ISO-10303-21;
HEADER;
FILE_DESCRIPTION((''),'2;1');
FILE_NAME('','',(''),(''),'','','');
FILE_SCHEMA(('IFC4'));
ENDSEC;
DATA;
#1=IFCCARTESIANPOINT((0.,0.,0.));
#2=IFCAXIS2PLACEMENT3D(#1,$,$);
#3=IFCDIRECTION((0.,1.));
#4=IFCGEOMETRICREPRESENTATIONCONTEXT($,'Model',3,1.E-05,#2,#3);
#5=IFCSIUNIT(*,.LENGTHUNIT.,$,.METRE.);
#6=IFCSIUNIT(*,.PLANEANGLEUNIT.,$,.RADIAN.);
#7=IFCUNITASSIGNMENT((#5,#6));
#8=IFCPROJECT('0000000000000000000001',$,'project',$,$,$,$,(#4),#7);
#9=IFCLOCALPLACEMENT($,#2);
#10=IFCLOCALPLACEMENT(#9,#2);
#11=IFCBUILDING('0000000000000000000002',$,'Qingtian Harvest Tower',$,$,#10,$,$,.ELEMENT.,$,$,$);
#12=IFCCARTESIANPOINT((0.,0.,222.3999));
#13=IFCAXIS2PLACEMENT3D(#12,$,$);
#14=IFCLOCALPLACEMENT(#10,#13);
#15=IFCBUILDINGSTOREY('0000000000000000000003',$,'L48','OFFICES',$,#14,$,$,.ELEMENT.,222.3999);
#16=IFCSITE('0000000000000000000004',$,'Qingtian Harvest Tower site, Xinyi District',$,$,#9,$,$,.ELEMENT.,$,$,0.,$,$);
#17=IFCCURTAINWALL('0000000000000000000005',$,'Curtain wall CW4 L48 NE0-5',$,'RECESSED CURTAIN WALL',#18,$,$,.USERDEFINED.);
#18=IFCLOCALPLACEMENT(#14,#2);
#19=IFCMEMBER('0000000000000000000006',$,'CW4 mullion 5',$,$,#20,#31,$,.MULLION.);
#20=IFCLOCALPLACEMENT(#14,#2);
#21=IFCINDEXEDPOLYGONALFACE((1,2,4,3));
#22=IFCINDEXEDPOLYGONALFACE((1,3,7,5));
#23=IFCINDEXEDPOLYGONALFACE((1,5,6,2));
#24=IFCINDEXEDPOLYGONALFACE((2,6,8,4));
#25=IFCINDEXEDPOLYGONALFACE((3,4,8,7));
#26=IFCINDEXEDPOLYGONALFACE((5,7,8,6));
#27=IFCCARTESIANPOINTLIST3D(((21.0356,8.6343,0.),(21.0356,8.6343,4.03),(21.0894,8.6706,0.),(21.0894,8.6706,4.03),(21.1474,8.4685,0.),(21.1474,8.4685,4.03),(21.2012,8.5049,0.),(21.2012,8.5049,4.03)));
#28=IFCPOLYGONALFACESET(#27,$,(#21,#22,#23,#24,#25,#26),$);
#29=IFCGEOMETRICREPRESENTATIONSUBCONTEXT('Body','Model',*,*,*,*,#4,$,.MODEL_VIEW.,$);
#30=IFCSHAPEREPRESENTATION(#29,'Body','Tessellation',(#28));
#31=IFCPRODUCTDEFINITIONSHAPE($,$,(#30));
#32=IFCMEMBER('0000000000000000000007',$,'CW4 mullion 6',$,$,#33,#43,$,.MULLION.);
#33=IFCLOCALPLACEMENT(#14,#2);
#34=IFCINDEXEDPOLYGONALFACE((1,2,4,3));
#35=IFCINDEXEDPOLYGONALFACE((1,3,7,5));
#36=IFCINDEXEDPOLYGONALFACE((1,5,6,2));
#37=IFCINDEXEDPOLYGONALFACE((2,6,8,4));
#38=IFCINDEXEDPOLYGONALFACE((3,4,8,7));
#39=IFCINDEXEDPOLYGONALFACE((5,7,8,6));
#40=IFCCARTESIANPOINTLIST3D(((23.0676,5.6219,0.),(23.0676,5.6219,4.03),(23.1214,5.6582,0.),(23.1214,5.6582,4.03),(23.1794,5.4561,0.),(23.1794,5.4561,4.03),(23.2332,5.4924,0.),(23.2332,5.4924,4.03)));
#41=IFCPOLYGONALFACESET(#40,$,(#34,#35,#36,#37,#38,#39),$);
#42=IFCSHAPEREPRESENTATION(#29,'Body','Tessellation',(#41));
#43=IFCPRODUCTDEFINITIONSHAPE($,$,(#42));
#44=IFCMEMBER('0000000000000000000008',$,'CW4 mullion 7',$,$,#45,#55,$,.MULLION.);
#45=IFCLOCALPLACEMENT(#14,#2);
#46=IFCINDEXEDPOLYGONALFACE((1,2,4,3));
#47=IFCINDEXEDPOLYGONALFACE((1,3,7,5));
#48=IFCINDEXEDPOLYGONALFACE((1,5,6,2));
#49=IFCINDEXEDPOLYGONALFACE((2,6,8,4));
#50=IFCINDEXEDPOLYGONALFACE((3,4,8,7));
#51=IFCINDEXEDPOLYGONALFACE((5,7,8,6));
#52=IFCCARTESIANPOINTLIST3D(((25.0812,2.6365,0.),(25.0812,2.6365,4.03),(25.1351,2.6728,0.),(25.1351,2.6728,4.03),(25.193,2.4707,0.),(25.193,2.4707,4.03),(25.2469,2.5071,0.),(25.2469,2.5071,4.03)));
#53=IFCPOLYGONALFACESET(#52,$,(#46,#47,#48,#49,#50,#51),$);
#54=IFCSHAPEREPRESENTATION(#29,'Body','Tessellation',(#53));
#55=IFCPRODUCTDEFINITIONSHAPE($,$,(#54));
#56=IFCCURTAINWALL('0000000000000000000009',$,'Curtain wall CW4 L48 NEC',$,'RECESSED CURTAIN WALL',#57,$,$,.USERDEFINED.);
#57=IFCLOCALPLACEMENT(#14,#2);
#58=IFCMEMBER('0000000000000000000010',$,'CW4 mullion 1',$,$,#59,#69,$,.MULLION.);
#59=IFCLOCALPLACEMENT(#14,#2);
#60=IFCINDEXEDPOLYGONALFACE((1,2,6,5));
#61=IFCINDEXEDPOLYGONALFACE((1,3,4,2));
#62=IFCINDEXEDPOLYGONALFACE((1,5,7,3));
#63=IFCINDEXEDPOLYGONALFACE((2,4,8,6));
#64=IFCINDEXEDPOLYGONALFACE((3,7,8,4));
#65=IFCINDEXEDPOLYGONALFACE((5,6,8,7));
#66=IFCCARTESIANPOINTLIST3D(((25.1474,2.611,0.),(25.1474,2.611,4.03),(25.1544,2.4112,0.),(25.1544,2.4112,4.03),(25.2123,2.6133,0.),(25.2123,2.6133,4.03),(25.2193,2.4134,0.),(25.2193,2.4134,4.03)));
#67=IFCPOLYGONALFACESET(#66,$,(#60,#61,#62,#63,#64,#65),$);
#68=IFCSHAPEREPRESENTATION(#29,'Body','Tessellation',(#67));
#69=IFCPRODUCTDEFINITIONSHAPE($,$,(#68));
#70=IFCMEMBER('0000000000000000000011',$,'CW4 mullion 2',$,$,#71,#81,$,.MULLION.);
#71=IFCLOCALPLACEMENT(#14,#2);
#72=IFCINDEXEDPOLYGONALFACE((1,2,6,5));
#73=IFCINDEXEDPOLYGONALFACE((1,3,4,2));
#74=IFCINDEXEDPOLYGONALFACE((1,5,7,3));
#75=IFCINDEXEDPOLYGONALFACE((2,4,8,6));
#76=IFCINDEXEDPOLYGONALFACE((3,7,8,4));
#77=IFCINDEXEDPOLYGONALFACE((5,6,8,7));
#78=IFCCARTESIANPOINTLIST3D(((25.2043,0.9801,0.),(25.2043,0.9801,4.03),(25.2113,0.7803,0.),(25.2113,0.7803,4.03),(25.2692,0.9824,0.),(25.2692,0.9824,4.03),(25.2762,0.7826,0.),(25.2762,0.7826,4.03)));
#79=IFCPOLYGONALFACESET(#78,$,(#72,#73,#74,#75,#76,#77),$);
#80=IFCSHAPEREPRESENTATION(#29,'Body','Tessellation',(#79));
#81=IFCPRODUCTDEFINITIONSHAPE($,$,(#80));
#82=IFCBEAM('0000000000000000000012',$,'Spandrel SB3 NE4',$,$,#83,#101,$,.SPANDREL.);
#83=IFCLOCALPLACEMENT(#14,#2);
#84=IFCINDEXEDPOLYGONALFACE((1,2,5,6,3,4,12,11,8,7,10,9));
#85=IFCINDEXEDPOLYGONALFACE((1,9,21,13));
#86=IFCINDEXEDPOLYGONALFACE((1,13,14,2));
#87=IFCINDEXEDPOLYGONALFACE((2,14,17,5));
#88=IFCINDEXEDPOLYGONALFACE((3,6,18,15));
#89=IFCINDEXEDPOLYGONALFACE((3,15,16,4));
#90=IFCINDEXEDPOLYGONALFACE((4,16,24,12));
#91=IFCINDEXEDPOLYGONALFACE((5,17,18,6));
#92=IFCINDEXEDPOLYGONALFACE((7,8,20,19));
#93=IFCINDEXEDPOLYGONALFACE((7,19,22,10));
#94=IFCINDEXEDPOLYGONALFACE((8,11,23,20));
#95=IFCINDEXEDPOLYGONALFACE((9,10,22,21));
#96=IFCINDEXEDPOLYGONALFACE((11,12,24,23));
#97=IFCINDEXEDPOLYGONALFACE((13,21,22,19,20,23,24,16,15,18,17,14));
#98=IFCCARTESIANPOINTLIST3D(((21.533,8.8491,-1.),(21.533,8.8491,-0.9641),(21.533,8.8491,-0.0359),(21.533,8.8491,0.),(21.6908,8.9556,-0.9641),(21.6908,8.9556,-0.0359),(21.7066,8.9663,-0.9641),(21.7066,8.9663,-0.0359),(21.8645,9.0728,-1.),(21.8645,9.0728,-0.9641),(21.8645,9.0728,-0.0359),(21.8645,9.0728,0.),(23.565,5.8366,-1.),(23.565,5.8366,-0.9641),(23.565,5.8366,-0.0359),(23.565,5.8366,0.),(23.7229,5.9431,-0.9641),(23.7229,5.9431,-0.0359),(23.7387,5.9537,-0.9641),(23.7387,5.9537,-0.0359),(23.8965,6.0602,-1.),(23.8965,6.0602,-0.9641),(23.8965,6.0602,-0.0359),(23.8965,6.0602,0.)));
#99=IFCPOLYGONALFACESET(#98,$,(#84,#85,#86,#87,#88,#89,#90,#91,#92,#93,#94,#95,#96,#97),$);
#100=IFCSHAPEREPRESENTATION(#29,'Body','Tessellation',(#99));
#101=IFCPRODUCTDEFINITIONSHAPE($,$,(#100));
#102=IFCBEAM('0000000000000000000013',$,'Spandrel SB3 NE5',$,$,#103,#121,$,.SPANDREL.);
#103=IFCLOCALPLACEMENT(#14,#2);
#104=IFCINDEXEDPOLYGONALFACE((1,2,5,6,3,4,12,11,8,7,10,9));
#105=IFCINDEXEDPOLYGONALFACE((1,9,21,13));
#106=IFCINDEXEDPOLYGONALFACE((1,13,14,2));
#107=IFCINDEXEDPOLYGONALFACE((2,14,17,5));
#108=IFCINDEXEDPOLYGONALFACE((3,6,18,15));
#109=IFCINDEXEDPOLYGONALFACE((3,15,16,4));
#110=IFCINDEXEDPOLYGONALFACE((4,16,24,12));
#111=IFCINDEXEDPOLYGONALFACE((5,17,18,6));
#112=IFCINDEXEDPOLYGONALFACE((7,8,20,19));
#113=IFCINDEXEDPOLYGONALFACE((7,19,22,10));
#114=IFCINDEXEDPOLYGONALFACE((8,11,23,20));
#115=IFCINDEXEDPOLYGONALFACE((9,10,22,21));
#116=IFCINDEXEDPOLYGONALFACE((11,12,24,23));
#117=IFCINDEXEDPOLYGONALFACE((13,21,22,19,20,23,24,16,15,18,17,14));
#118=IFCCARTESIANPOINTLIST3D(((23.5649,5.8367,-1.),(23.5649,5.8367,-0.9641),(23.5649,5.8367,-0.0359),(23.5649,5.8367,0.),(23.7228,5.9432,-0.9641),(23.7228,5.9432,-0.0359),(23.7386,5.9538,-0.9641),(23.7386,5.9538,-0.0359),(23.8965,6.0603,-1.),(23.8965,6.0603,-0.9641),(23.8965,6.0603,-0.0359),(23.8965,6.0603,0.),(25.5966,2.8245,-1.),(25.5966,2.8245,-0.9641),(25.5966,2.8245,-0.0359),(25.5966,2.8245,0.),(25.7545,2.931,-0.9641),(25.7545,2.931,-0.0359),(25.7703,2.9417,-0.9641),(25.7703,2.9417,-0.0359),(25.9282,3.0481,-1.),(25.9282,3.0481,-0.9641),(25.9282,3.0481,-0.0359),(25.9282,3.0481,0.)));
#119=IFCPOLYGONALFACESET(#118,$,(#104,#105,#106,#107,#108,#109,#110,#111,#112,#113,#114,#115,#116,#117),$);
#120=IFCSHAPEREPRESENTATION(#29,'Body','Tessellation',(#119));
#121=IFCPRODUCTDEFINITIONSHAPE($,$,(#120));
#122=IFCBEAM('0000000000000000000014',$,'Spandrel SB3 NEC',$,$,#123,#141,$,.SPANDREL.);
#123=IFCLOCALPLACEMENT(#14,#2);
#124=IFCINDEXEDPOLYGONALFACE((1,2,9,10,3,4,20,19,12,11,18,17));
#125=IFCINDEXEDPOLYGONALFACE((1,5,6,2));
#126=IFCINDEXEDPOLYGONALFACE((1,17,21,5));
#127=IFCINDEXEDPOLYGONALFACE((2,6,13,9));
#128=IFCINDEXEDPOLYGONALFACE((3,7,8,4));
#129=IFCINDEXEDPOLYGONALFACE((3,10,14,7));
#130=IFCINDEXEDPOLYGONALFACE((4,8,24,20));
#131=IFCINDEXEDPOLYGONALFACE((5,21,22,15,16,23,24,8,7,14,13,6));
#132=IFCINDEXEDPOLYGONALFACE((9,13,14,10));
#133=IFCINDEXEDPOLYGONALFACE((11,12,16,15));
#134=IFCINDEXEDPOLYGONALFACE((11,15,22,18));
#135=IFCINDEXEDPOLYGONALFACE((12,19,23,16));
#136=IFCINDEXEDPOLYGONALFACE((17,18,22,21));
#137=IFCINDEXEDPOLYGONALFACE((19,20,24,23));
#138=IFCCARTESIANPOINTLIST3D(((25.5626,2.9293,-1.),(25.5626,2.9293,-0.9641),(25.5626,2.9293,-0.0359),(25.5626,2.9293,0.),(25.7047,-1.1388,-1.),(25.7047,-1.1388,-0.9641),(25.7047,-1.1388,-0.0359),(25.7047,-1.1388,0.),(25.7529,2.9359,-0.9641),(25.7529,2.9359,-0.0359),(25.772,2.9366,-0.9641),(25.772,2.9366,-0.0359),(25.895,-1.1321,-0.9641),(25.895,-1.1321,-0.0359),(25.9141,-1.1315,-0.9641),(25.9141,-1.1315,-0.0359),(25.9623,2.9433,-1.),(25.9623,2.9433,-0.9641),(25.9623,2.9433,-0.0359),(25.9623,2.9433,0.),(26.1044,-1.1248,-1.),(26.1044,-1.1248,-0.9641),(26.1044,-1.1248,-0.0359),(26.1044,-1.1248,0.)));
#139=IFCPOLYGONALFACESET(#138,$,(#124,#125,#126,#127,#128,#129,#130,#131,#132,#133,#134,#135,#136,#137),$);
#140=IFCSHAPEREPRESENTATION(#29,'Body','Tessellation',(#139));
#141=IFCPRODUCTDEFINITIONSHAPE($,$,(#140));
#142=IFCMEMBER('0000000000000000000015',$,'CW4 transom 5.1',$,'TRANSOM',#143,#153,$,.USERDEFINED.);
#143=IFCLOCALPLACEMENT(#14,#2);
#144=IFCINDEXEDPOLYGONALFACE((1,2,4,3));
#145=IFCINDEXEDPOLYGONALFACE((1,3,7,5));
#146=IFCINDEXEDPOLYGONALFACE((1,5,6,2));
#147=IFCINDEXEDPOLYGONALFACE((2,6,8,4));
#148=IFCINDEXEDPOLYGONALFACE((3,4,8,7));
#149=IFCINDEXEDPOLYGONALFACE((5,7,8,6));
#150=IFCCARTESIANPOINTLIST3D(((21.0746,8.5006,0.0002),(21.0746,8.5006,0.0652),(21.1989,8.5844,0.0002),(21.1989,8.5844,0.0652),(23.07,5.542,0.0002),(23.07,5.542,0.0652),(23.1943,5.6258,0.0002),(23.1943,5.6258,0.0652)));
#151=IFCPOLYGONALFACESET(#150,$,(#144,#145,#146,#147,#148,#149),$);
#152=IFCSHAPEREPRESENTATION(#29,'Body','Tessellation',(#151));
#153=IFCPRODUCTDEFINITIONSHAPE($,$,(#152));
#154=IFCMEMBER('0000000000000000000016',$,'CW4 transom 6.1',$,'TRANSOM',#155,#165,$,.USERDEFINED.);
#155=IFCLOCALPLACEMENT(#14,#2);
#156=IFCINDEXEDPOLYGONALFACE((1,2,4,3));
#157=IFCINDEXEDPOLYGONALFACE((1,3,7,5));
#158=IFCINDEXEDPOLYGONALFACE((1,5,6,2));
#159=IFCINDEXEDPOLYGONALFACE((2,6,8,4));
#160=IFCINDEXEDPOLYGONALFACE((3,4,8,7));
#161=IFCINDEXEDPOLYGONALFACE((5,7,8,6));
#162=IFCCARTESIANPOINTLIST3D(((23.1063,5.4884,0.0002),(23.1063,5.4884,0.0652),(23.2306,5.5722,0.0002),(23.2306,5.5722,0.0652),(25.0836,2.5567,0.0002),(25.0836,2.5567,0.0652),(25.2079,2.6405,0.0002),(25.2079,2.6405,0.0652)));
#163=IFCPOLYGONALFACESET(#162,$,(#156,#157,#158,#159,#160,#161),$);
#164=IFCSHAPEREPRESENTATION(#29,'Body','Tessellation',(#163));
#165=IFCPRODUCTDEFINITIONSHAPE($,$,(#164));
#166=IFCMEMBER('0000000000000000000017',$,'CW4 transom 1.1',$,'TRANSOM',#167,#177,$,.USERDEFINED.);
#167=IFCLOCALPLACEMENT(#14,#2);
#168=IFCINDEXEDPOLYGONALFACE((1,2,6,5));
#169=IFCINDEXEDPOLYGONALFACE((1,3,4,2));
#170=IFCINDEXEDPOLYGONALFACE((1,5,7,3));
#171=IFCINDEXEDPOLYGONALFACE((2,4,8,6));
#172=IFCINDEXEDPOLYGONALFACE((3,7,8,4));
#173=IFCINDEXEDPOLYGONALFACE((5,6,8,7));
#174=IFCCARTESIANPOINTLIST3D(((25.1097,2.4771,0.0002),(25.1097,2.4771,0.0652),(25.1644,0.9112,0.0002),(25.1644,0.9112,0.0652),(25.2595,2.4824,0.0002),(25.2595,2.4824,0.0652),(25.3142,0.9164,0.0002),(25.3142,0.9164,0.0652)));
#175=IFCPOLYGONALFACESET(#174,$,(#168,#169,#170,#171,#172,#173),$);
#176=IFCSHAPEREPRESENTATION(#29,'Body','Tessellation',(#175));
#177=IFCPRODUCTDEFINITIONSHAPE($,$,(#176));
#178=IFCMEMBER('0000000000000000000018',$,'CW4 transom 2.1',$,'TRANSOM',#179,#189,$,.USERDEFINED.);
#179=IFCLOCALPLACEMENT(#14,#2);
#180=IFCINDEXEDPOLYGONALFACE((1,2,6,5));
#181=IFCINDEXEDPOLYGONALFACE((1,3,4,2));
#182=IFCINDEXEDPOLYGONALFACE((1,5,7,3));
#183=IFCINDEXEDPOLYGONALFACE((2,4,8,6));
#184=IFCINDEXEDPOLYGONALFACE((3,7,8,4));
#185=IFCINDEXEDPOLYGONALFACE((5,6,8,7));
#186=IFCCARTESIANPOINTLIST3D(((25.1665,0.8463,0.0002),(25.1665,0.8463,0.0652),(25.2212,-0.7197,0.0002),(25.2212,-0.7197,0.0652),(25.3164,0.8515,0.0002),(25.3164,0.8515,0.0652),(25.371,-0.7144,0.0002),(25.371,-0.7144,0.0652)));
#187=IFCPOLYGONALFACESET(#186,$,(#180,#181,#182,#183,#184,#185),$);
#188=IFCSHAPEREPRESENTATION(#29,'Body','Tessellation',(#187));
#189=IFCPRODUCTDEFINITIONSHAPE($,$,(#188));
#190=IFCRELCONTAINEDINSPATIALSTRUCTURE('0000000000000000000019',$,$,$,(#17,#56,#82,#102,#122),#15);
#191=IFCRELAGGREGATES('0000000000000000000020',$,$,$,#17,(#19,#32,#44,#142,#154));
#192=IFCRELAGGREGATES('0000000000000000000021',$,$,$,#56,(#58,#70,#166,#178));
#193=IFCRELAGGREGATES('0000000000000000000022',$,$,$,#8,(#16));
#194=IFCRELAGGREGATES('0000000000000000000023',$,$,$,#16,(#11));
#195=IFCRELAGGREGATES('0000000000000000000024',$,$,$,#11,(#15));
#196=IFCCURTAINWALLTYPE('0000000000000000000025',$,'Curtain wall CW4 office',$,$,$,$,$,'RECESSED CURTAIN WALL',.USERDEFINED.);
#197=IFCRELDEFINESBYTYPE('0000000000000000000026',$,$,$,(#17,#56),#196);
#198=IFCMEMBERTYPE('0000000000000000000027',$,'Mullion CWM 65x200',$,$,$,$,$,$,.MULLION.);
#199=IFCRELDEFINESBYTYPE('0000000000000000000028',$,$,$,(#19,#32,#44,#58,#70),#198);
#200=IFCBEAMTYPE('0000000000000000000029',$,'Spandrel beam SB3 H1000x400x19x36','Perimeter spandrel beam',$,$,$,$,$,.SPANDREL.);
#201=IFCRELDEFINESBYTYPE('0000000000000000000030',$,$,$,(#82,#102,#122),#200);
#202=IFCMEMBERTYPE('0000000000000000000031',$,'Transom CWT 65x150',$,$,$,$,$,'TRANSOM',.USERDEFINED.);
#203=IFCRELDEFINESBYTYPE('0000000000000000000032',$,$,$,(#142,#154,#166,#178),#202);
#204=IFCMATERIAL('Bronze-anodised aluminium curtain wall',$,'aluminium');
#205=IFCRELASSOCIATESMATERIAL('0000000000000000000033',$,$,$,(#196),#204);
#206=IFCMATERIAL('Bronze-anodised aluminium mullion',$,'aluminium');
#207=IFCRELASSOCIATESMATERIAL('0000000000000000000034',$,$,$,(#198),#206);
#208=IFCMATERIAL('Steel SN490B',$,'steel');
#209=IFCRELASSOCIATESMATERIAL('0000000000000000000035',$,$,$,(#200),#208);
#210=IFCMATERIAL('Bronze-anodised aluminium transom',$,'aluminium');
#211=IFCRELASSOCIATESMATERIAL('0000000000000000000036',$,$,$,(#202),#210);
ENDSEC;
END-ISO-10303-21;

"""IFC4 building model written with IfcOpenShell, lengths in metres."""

from ifc_helpers import new_model, si_unit, direction, frame, origin, origin_2d, place, context, subcontext, project, spatial, rectangle, i_section, extrude, material, material_profile, profile_set, type_object, element, aggregate, save


model = new_model("IFC4")

# Units and contexts
model_context = context("Model", 3, precision=1e-05, world=origin(), true_north=direction((0.0, 1.0)))
body_context = subcontext(model_context, "Body", "Model", "MODEL_VIEW")
ifc_project = project(units=[si_unit("LENGTHUNIT", "METRE"), si_unit("PLANEANGLEUNIT", "RADIAN")], contexts=[model_context])

# Site, building, storey
site_placement = place(None, origin())
site = spatial("IfcSite", under=ifc_project, at=site_placement, Name="Qingtian Harvest Tower site, Xinyi District", CompositionType="ELEMENT", RefElevation=0.0)
building_placement = place(site_placement, origin())
building = spatial("IfcBuilding", under=site, at=building_placement, Name="Qingtian Harvest Tower", CompositionType="ELEMENT")
storey_placement = place(building_placement, frame((0.0, 0.0, 222.3999)))
storey = spatial("IfcBuildingStorey", under=building, at=storey_placement, Name="L48", Description="OFFICES", CompositionType="ELEMENT", Elevation=222.3999)

# Curtain walls, members
ifc_material_1 = material(Name="Bronze-anodised aluminium curtain wall", Category="aluminium")
curtain_wall_type = type_object("IfcCurtainWallType", Name="Curtain wall CW4 office", ElementType="RECESSED CURTAIN WALL", PredefinedType="USERDEFINED", material=ifc_material_1)
curtain_wall_1_placement = place(storey_placement, origin())
curtain_wall_1 = element("IfcCurtainWall", 1, at=curtain_wall_1_placement, inside=storey, type_object=curtain_wall_type, Name="Curtain wall CW4 L48 NE0-5", ObjectType="RECESSED CURTAIN WALL", PredefinedType="USERDEFINED")
ifc_material_2 = material(Name="Bronze-anodised aluminium mullion", Category="aluminium")
ifc_material_profile_1 = material_profile(ifc_material_2, rectangle(XDim=0.0649, YDim=0.2, at=origin_2d()), Name="AL 65x200")
ifc_profile_set_1 = profile_set([ifc_material_profile_1], Name="Bronze-anodised aluminium mullion")
member_type_1 = type_object("IfcMemberType", Name="Mullion CWM 65x200", PredefinedType="MULLION", material=ifc_profile_set_1)
member_1_placement = place(storey_placement, frame((21.1184, 8.5696, 0.0), z_axis=(0.0, 0.0, 1.0), x_axis=(0.829038, 0.559193, 0.0)))
member_1 = element("IfcMember", 2, at=member_1_placement, type_object=member_type_1, Name="CW4 mullion 5", PredefinedType="MULLION", context=body_context, shape_type="SweptSolid", body=[
    extrude(rectangle(XDim=0.0649, YDim=0.2, at=origin_2d()), origin(), (0.0, 0.0, 1.0), 4.03),
])
member_2_placement = place(storey_placement, frame((23.1504, 5.5571, 0.0), z_axis=(0.0, 0.0, 1.0), x_axis=(0.829038, 0.559193, 0.0)))
member_2 = element("IfcMember", 3, at=member_2_placement, type_object=member_type_1, Name="CW4 mullion 6", PredefinedType="MULLION", context=body_context, shape_type="SweptSolid", body=[
    extrude(rectangle(XDim=0.0649, YDim=0.2, at=origin_2d()), origin(), (0.0, 0.0, 1.0), 4.03),
])
member_3_placement = place(storey_placement, frame((25.1641, 2.5718, 0.0), z_axis=(0.0, 0.0, 1.0), x_axis=(0.829038, 0.559193, 0.0)))
member_3 = element("IfcMember", 4, at=member_3_placement, type_object=member_type_1, Name="CW4 mullion 7", PredefinedType="MULLION", context=body_context, shape_type="SweptSolid", body=[
    extrude(rectangle(XDim=0.0649, YDim=0.2, at=origin_2d()), origin(), (0.0, 0.0, 1.0), 4.03),
])
curtain_wall_2_placement = place(storey_placement, origin())
curtain_wall_2 = element("IfcCurtainWall", 5, at=curtain_wall_2_placement, inside=storey, type_object=curtain_wall_type, Name="Curtain wall CW4 L48 NEC", ObjectType="RECESSED CURTAIN WALL", PredefinedType="USERDEFINED")
member_4_placement = place(storey_placement, frame((25.1833, 2.5122, 0.0), z_axis=(0.0, 0.0, 1.0), x_axis=(0.999391, 0.034899, 0.0)))
member_4 = element("IfcMember", 6, at=member_4_placement, type_object=member_type_1, Name="CW4 mullion 1", PredefinedType="MULLION", context=body_context, shape_type="SweptSolid", body=[
    extrude(rectangle(XDim=0.0649, YDim=0.2, at=origin_2d()), origin(), (0.0, 0.0, 1.0), 4.03),
])
member_5_placement = place(storey_placement, frame((25.2402, 0.8813, 0.0), z_axis=(0.0, 0.0, 1.0), x_axis=(0.999391, 0.034899, 0.0)))
member_5 = element("IfcMember", 7, at=member_5_placement, type_object=member_type_1, Name="CW4 mullion 2", PredefinedType="MULLION", context=body_context, shape_type="SweptSolid", body=[
    extrude(rectangle(XDim=0.0649, YDim=0.2, at=origin_2d()), origin(), (0.0, 0.0, 1.0), 4.03),
])

# Beams
ifc_material_3 = material(Name="Steel SN490B", Category="steel")
ifc_material_profile_2 = material_profile(ifc_material_3, i_section(OverallWidth=0.3999, OverallDepth=1.0, WebThickness=0.019, FlangeThickness=0.0359, at=origin_2d()), Name="H1000x400x19x36")
ifc_profile_set_2 = profile_set([ifc_material_profile_2], Name="Steel SN490B")
beam_type_1 = type_object("IfcBeamType", Name="Spandrel beam SB3 H1000x400x19x36", Description="Perimeter spandrel beam", PredefinedType="SPANDREL", material=ifc_profile_set_2)
beam_1_placement = place(storey_placement, frame((21.6987, 8.9609, -0.5), z_axis=(0.559204, -0.82903, 0.0), x_axis=(0.82903, 0.559204, 0.0)))
element("IfcBeam", 8, at=beam_1_placement, inside=storey, type_object=beam_type_1, Name="Spandrel SB3 NE4", PredefinedType="SPANDREL", context=body_context, shape_type="SweptSolid", body=[
    extrude(i_section(OverallWidth=0.3999, OverallDepth=1.0, WebThickness=0.019, FlangeThickness=0.0359, at=origin_2d()), origin(), (0.0, 0.0, 1.0), 3.6338),
])
beam_2_placement = place(storey_placement, frame((23.7307, 5.9485, -0.5), z_axis=(0.559189, -0.82904, 0.0), x_axis=(0.82904, 0.559189, 0.0)))
element("IfcBeam", 9, at=beam_2_placement, inside=storey, type_object=beam_type_1, Name="Spandrel SB3 NE5", PredefinedType="SPANDREL", context=body_context, shape_type="SweptSolid", body=[
    extrude(i_section(OverallWidth=0.3999, OverallDepth=1.0, WebThickness=0.019, FlangeThickness=0.0359, at=origin_2d()), origin(), (0.0, 0.0, 1.0), 3.6333),
])
beam_3_placement = place(storey_placement, frame((25.7625, 2.9363, -0.5), z_axis=(0.034906, -0.999391, 0.0), x_axis=(0.999391, 0.034906, 0.0)))
element("IfcBeam", 10, at=beam_3_placement, inside=storey, type_object=beam_type_1, Name="Spandrel SB3 NEC", PredefinedType="SPANDREL", context=body_context, shape_type="SweptSolid", body=[
    extrude(i_section(OverallWidth=0.3999, OverallDepth=1.0, WebThickness=0.019, FlangeThickness=0.0359, at=origin_2d()), origin(), (0.0, 0.0, 1.0), 4.0706),
])

# Members
ifc_material_4 = material(Name="Bronze-anodised aluminium transom", Category="aluminium")
ifc_material_profile_3 = material_profile(ifc_material_4, rectangle(XDim=0.1499, YDim=0.0649, at=origin_2d()), Name="AL 65x150")
ifc_profile_set_3 = profile_set([ifc_material_profile_3], Name="Bronze-anodised aluminium transom")
member_type_2 = type_object("IfcMemberType", Name="Transom CWT 65x150", ElementType="TRANSOM", PredefinedType="USERDEFINED", material=ifc_profile_set_3)
member_6_placement = place(storey_placement, frame((21.1367, 8.5425, 0.0327), z_axis=(0.55916, -0.82906, 0.0), x_axis=(0.82906, 0.55916, 0.0)))
member_6 = element("IfcMember", 11, at=member_6_placement, type_object=member_type_2, Name="CW4 transom 5.1", ObjectType="TRANSOM", PredefinedType="USERDEFINED", context=body_context, shape_type="SweptSolid", body=[
    extrude(rectangle(XDim=0.1499, YDim=0.0649, at=origin_2d()), origin(), (0.0, 0.0, 1.0), 3.5686),
])
member_7_placement = place(storey_placement, frame((23.1685, 5.5303, 0.0327), z_axis=(0.559169, -0.829054, 0.0), x_axis=(0.829054, 0.559169, 0.0)))
member_7 = element("IfcMember", 12, at=member_7_placement, type_object=member_type_2, Name="CW4 transom 6.1", ObjectType="TRANSOM", PredefinedType="USERDEFINED", context=body_context, shape_type="SweptSolid", body=[
    extrude(rectangle(XDim=0.1499, YDim=0.0649, at=origin_2d()), origin(), (0.0, 0.0, 1.0), 3.5361),
])
member_8_placement = place(storey_placement, frame((25.1846, 2.4797, 0.0327), z_axis=(0.034902, -0.999391, 0.0), x_axis=(0.999391, 0.034902, 0.0)))
member_8 = element("IfcMember", 13, at=member_8_placement, type_object=member_type_2, Name="CW4 transom 1.1", ObjectType="TRANSOM", PredefinedType="USERDEFINED", context=body_context, shape_type="SweptSolid", body=[
    extrude(rectangle(XDim=0.1499, YDim=0.0649, at=origin_2d()), origin(), (0.0, 0.0, 1.0), 1.5669),
])
member_9_placement = place(storey_placement, frame((25.2415, 0.8489, 0.0327), z_axis=(0.034902, -0.999391, 0.0), x_axis=(0.999391, 0.034902, 0.0)))
member_9 = element("IfcMember", 14, at=member_9_placement, type_object=member_type_2, Name="CW4 transom 2.1", ObjectType="TRANSOM", PredefinedType="USERDEFINED", context=body_context, shape_type="SweptSolid", body=[
    extrude(rectangle(XDim=0.1499, YDim=0.0649, at=origin_2d()), origin(), (0.0, 0.0, 1.0), 1.5669),
])

aggregate(curtain_wall_1, [member_1, member_2, member_3, member_6, member_7])
aggregate(curtain_wall_2, [member_4, member_5, member_8, member_9])

save(model, "model.ifc")
